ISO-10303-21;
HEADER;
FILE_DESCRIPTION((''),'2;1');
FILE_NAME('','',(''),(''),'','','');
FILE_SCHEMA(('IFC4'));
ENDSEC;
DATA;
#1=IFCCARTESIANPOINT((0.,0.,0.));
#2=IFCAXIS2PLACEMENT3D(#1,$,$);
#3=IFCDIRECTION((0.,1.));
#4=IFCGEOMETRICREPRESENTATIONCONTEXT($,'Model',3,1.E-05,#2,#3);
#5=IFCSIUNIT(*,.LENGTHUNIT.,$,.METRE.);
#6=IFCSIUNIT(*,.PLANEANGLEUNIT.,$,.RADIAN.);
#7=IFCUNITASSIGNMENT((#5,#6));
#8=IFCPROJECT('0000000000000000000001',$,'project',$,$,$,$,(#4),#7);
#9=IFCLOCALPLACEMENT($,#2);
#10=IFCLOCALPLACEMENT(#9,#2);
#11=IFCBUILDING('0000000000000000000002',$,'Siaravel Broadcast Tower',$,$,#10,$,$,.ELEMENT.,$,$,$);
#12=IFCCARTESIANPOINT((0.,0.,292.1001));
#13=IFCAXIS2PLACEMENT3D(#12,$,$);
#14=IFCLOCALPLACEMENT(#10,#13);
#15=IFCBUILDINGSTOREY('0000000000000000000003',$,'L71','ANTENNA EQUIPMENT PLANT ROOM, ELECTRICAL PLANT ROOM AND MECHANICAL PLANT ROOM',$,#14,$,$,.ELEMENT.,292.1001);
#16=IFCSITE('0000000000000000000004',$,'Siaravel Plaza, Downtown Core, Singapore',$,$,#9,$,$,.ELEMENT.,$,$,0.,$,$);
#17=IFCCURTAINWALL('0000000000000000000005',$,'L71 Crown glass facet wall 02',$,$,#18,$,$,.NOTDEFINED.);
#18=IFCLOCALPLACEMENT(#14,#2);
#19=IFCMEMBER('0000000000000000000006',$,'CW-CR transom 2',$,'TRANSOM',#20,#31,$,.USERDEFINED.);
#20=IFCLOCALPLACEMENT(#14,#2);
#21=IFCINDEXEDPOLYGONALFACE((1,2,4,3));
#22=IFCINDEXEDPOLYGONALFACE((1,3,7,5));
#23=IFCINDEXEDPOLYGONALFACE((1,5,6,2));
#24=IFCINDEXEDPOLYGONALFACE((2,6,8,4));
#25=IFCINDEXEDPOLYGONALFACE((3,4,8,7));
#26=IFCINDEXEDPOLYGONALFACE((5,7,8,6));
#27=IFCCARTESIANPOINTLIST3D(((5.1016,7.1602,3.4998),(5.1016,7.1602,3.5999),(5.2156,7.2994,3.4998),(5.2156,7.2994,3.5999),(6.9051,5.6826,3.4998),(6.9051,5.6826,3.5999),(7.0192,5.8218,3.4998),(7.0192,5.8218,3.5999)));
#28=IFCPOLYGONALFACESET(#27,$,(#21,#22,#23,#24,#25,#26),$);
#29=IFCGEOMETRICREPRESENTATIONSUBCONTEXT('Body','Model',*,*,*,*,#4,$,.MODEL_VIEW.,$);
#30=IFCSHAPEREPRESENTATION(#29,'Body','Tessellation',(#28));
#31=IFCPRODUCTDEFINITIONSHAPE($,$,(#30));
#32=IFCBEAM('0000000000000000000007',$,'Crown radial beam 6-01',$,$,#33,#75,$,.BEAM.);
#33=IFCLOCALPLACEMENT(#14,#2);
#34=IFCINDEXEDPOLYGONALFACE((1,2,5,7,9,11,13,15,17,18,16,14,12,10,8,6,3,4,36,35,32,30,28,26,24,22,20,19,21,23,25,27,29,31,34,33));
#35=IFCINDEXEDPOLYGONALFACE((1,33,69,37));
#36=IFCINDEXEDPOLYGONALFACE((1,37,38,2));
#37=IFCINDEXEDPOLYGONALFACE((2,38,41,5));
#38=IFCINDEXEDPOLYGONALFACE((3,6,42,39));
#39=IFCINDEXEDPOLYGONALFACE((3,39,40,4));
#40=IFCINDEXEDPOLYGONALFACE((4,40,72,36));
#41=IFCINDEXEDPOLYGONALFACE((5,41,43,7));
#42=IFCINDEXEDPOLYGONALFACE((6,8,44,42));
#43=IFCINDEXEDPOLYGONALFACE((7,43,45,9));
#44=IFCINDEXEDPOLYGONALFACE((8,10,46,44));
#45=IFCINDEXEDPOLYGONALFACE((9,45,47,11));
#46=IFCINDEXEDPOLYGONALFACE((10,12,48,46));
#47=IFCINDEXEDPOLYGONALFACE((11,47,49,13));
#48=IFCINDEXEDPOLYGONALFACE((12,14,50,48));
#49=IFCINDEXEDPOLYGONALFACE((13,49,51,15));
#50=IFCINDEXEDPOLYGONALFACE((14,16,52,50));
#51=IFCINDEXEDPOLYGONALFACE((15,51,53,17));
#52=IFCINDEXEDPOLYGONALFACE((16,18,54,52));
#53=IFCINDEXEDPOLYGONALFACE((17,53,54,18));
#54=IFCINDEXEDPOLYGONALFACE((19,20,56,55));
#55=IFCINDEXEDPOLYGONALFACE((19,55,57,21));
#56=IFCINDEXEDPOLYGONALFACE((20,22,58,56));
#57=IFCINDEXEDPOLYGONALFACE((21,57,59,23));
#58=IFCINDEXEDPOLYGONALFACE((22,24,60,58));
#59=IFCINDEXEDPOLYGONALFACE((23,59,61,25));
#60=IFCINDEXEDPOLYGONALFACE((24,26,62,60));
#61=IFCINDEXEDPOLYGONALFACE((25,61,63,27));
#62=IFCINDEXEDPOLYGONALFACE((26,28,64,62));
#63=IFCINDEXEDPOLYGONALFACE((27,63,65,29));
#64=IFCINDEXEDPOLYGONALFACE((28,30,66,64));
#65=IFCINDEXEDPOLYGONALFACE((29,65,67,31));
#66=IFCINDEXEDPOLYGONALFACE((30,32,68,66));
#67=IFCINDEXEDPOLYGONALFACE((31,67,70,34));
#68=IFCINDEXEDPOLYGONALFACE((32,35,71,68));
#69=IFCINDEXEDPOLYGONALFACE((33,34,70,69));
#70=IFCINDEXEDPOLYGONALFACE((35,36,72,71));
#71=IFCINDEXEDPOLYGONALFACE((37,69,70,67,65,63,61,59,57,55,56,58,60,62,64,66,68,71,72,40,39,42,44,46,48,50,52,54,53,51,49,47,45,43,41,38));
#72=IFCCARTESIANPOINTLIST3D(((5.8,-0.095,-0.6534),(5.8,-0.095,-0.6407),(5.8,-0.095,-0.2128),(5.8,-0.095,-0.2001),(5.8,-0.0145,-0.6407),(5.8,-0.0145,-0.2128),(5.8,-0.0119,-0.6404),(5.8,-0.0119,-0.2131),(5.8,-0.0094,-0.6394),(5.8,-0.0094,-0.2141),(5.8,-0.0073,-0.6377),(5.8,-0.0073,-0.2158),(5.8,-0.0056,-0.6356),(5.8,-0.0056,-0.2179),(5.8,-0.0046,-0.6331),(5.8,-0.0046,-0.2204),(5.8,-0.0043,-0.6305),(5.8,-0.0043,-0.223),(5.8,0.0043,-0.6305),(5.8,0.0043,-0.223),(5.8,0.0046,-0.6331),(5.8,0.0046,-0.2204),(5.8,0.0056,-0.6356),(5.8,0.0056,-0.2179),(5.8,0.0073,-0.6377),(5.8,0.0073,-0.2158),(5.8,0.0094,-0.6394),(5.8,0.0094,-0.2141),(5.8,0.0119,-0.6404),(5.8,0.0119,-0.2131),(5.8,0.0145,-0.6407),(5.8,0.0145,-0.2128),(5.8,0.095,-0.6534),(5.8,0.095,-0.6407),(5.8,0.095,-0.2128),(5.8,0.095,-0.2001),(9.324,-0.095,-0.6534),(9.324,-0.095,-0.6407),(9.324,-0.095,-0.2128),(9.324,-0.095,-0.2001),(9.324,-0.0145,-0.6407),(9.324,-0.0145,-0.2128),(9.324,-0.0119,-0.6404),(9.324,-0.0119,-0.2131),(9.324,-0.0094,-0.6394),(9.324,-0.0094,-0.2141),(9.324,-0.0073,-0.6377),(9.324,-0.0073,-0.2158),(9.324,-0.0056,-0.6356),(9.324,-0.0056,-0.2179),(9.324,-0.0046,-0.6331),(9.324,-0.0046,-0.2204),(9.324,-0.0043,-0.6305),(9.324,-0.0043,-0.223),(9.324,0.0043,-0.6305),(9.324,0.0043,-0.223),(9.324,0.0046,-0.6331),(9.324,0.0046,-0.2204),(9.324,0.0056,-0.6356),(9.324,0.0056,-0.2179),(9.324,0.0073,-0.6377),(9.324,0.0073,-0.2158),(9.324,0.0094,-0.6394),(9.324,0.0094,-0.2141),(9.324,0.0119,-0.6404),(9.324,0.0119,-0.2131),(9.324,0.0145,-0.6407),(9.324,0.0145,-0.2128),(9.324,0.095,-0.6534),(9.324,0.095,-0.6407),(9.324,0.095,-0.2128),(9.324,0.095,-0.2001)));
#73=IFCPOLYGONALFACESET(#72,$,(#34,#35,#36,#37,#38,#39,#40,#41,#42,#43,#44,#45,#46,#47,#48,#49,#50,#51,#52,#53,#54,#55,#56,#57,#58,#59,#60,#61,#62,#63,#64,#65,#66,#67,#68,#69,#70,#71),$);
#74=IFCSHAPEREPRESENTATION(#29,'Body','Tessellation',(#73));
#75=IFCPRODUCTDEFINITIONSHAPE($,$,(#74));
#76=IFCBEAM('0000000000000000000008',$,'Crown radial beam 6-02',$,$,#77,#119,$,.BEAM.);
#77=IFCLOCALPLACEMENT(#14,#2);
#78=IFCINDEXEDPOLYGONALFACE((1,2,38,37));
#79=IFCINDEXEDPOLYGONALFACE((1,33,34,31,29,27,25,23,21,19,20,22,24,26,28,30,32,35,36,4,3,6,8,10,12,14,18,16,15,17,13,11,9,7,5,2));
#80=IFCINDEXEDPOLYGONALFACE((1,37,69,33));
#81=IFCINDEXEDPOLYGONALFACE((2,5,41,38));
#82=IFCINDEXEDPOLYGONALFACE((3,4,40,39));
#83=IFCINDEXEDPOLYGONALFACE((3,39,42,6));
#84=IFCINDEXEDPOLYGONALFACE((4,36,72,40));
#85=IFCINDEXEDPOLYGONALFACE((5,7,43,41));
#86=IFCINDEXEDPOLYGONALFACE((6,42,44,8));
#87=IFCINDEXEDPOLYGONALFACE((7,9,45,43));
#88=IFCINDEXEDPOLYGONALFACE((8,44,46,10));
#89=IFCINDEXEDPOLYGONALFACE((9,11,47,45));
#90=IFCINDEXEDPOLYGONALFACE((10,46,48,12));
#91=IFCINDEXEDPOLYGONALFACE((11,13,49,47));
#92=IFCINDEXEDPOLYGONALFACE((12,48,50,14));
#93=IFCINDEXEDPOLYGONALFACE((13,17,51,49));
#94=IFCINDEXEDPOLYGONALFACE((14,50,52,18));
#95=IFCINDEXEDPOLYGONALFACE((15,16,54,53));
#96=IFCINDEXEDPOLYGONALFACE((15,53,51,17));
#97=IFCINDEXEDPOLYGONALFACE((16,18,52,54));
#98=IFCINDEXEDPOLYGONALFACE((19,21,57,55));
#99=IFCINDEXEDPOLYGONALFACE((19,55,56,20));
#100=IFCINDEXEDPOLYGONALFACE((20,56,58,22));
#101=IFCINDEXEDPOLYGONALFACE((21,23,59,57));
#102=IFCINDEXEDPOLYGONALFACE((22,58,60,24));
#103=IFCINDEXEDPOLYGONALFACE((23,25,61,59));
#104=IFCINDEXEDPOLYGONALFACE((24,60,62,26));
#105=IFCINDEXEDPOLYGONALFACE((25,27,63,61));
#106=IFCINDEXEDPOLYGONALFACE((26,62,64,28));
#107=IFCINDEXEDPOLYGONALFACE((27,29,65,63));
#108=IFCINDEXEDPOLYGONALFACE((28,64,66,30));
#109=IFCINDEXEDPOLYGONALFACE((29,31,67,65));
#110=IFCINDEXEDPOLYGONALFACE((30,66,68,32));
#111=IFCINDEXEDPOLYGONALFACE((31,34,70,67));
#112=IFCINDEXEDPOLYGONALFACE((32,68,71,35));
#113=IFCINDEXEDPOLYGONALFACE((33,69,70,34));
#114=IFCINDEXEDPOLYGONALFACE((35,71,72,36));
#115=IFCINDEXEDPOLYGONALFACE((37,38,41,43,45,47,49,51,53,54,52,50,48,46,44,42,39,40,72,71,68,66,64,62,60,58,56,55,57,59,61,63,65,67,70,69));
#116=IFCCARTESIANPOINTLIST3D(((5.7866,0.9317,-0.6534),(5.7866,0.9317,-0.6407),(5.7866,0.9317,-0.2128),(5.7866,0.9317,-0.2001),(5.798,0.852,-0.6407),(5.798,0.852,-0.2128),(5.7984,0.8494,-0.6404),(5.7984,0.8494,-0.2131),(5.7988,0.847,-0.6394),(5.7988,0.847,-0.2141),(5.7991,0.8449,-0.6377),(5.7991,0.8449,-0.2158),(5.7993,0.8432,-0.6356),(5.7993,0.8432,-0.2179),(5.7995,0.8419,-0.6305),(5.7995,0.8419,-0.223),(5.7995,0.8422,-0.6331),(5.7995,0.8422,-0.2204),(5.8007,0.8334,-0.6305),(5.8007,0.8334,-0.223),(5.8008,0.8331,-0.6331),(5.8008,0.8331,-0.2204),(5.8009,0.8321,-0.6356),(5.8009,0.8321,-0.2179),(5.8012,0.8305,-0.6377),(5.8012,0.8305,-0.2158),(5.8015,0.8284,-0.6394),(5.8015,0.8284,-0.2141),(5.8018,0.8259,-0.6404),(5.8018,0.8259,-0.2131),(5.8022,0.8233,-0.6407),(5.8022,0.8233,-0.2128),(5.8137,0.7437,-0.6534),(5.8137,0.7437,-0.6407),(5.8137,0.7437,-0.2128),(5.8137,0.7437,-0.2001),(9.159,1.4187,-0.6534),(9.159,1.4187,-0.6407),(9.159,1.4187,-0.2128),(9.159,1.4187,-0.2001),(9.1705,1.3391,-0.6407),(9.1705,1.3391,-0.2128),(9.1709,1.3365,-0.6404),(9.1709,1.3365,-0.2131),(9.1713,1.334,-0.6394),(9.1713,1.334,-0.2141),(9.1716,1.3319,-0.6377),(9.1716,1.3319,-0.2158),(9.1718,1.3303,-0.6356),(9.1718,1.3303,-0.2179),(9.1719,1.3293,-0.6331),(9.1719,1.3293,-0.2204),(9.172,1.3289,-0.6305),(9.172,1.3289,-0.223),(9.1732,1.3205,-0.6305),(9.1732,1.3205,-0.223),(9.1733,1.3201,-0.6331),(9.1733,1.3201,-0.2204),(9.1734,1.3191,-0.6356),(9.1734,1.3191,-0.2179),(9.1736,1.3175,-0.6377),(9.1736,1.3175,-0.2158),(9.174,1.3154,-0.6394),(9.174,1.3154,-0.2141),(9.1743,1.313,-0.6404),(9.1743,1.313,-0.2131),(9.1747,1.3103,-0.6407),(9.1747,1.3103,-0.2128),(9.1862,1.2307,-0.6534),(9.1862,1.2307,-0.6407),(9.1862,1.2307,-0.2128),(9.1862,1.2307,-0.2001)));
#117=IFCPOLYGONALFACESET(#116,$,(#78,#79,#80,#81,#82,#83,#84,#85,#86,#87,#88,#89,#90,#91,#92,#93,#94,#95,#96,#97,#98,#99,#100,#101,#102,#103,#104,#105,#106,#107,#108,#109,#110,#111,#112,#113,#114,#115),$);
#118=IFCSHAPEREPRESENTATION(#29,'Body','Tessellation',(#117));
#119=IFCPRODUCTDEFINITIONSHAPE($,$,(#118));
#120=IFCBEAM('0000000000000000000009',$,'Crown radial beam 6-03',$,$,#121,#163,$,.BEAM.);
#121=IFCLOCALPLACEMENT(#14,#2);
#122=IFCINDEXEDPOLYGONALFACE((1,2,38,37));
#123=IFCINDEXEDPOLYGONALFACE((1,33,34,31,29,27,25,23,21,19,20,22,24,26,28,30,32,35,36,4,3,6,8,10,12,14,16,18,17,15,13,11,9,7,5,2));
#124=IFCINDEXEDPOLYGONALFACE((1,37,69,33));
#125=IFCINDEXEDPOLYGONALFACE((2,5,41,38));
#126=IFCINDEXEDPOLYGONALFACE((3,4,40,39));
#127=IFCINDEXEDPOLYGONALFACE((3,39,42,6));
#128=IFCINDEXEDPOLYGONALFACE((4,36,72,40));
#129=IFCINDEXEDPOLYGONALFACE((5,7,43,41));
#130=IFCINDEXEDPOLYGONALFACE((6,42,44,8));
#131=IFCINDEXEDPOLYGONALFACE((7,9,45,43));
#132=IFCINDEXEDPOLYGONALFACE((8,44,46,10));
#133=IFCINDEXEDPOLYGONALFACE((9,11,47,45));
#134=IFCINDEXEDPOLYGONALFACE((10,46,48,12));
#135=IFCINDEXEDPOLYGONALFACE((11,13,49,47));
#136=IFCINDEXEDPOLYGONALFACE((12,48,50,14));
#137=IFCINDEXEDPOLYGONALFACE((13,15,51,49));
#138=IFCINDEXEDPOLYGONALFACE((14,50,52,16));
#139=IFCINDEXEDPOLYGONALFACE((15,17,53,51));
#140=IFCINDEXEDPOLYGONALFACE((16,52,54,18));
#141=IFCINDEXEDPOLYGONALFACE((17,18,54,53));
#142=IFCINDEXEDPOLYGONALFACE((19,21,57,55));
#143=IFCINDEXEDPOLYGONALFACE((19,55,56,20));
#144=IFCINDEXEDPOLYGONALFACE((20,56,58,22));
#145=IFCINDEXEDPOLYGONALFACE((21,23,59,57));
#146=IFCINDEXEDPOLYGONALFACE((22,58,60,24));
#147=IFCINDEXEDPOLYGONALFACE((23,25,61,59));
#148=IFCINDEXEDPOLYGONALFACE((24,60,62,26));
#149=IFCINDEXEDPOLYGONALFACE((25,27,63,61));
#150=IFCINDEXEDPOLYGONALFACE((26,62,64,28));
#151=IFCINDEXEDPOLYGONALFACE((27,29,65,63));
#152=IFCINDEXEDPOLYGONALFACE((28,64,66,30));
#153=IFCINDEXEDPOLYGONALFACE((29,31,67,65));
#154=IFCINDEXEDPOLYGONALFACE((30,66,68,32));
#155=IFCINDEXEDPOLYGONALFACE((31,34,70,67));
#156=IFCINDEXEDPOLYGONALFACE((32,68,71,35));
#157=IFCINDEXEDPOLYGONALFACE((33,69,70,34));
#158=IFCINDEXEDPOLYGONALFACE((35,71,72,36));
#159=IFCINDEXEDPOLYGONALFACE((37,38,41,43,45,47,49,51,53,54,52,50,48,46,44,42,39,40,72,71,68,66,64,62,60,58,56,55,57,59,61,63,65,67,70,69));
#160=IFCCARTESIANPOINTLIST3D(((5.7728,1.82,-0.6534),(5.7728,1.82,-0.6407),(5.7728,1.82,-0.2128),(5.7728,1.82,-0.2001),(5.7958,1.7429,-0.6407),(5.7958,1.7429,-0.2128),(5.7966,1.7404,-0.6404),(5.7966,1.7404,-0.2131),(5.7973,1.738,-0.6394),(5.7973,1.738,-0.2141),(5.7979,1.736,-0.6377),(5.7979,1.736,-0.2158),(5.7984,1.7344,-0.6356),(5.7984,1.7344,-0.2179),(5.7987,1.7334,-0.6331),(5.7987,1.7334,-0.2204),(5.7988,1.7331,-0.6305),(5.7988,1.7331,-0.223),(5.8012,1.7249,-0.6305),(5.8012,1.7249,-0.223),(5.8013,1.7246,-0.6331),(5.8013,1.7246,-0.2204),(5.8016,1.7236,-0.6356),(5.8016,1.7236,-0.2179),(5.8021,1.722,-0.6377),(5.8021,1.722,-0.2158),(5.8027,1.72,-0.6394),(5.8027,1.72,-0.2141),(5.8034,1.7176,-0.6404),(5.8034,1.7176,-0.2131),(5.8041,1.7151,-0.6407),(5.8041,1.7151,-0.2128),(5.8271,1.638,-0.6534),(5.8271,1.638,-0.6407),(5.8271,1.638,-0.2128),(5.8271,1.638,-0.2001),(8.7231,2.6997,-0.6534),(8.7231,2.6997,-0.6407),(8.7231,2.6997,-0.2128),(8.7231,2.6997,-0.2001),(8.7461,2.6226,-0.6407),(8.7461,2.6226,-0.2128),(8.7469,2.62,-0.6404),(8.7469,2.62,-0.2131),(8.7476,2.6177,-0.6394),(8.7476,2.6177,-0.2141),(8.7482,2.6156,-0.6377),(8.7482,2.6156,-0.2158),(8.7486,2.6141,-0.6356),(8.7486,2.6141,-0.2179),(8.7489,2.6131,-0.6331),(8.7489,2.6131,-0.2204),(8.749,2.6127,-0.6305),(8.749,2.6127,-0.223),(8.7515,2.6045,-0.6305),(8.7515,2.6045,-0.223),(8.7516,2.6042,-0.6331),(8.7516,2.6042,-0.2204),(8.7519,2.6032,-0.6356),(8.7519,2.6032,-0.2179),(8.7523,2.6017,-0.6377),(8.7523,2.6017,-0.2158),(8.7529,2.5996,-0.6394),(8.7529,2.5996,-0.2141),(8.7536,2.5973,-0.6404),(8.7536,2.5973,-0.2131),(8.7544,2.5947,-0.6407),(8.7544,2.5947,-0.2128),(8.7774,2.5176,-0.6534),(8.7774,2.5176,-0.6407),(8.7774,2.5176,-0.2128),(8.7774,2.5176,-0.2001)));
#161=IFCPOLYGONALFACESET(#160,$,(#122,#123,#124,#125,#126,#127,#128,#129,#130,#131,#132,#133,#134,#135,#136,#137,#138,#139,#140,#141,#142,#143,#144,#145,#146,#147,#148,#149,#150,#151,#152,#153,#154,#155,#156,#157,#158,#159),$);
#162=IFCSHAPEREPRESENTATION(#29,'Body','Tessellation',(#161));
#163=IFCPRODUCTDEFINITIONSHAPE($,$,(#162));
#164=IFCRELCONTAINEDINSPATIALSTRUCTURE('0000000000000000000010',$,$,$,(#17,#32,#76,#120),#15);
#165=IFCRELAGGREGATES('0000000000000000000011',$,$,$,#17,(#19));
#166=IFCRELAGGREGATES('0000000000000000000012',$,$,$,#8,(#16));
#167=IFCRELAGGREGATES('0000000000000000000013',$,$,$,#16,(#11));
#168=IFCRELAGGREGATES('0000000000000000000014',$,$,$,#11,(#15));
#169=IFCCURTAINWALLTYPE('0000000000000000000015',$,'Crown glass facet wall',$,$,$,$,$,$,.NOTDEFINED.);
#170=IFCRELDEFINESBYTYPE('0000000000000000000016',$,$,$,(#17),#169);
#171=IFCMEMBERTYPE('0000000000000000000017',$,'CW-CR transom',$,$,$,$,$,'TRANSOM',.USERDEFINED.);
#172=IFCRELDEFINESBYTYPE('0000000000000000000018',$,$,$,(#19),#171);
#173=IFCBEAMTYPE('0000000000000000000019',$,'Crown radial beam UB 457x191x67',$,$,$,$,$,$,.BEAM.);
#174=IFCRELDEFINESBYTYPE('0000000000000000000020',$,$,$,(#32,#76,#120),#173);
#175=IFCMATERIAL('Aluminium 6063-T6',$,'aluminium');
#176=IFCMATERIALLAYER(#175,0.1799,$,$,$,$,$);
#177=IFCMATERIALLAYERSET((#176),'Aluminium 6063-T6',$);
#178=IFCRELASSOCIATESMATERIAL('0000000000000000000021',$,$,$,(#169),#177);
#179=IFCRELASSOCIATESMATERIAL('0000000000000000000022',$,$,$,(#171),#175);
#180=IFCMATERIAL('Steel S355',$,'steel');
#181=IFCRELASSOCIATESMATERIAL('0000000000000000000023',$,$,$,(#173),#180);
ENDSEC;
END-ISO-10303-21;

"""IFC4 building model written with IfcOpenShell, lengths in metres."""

from ifc_helpers import new_model, si_unit, direction, frame, origin, origin_2d, place, context, subcontext, project, spatial, rectangle, i_section, extrude, material, layer, layer_set, material_profile, profile_set, type_object, element, aggregate, save


model = new_model("IFC4")

# Units and contexts
model_context = context("Model", 3, precision=1e-05, world=origin(), true_north=direction((0.0, 1.0)))
body_context = subcontext(model_context, "Body", "Model", "MODEL_VIEW")
ifc_project = project(units=[si_unit("LENGTHUNIT", "METRE"), si_unit("PLANEANGLEUNIT", "RADIAN")], contexts=[model_context])

# Site, building, storey
site_placement = place(None, origin())
site = spatial("IfcSite", under=ifc_project, at=site_placement, Name="Siaravel Plaza, Downtown Core, Singapore", CompositionType="ELEMENT", RefElevation=0.0)
building_placement = place(site_placement, origin())
building = spatial("IfcBuilding", under=site, at=building_placement, Name="Siaravel Broadcast Tower", CompositionType="ELEMENT")
storey_placement = place(building_placement, frame((0.0, 0.0, 292.1001)))
storey = spatial("IfcBuildingStorey", under=building, at=storey_placement, Name="L71", Description="ANTENNA EQUIPMENT PLANT ROOM, ELECTRICAL PLANT ROOM AND MECHANICAL PLANT ROOM", CompositionType="ELEMENT", Elevation=292.1001)

# Curtain wall
ifc_material_1 = material(Name="Aluminium 6063-T6", Category="aluminium")
ifc_layer_1 = layer(ifc_material_1, 0.1799)
ifc_layer_set_1 = layer_set([ifc_layer_1], Name="Aluminium 6063-T6")
curtain_wall_type = type_object("IfcCurtainWallType", Name="Crown glass facet wall", PredefinedType="NOTDEFINED", material=ifc_layer_set_1)
curtain_wall_1_placement = place(storey_placement, origin())
curtain_wall_1 = element("IfcCurtainWall", 1, at=curtain_wall_1_placement, inside=storey, type_object=curtain_wall_type, Name="L71 Crown glass facet wall 02", PredefinedType="NOTDEFINED")

# Member
ifc_material_profile_1 = material_profile(ifc_material_1, rectangle(XDim=0.1799, YDim=0.1001, at=origin_2d()))
ifc_profile_set_1 = profile_set([ifc_material_profile_1], Name="Aluminium 6063-T6")
member_type_1 = type_object("IfcMemberType", Name="CW-CR transom", ElementType="TRANSOM", PredefinedType="USERDEFINED", material=ifc_profile_set_1)
member_1_placement = place(storey_placement, frame((6.9622, 5.7522, 3.5498), z_axis=(-0.773542, 0.633745, 0.0), x_axis=(-0.633745, -0.773542, 0.0)))
member_1 = element("IfcMember", 2, at=member_1_placement, type_object=member_type_1, Name="CW-CR transom 2", ObjectType="TRANSOM", PredefinedType="USERDEFINED", context=body_context, shape_type="SweptSolid", body=[
    extrude(rectangle(XDim=0.1799, YDim=0.1001, at=origin_2d()), origin(), (0.0, 0.0, 1.0), 2.3315),
])

# Beams
ifc_material_2 = material(Name="Steel S355", Category="steel")
ifc_material_profile_2 = material_profile(ifc_material_2, i_section(OverallWidth=0.1899, OverallDepth=0.4534, WebThickness=0.0085, FlangeThickness=0.0127, FilletRadius=0.0103, at=origin_2d()))
ifc_profile_set_2 = profile_set([ifc_material_profile_2], Name="Steel S355")
beam_type_1 = type_object("IfcBeamType", Name="Crown radial beam UB 457x191x67", PredefinedType="BEAM", material=ifc_profile_set_2)
beam_1_placement = place(storey_placement, frame((9.324, 0.0, -0.4268), z_axis=(-1.0, 0.0, 0.0), x_axis=(0.0, -1.0, 0.0)))
element("IfcBeam", 3, at=beam_1_placement, inside=storey, type_object=beam_type_1, Name="Crown radial beam 6-01", PredefinedType="BEAM", context=body_context, shape_type="SweptSolid", body=[
    extrude(i_section(OverallWidth=0.1899, OverallDepth=0.4534, WebThickness=0.0085, FlangeThickness=0.0127, FilletRadius=0.0103, at=origin_2d()), origin(), (0.0, 0.0, 1.0), 3.5239),
])
beam_2_placement = place(storey_placement, frame((9.1726, 1.3247, -0.4268), z_axis=(-0.989732, -0.142936, 0.0), x_axis=(0.142936, -0.989732, 0.0)))
element("IfcBeam", 4, at=beam_2_placement, inside=storey, type_object=beam_type_1, Name="Crown radial beam 6-02", PredefinedType="BEAM", context=body_context, shape_type="SweptSolid", body=[
    extrude(i_section(OverallWidth=0.1899, OverallDepth=0.4534, WebThickness=0.0085, FlangeThickness=0.0127, FilletRadius=0.0103, at=origin_2d()), origin(), (0.0, 0.0, 1.0), 3.4075),
])
beam_3_placement = place(storey_placement, frame((8.7502, 2.6086, -0.4268), z_axis=(-0.958309, -0.285732, 0.0), x_axis=(0.285732, -0.958309, 0.0)))
element("IfcBeam", 5, at=beam_3_placement, inside=storey, type_object=beam_type_1, Name="Crown radial beam 6-03", PredefinedType="BEAM", context=body_context, shape_type="SweptSolid", body=[
    extrude(i_section(OverallWidth=0.1899, OverallDepth=0.4534, WebThickness=0.0085, FlangeThickness=0.0127, FilletRadius=0.0103, at=origin_2d()), origin(), (0.0, 0.0, 1.0), 3.0786),
])

aggregate(curtain_wall_1, [member_1])

save(model, "model.ifc")
